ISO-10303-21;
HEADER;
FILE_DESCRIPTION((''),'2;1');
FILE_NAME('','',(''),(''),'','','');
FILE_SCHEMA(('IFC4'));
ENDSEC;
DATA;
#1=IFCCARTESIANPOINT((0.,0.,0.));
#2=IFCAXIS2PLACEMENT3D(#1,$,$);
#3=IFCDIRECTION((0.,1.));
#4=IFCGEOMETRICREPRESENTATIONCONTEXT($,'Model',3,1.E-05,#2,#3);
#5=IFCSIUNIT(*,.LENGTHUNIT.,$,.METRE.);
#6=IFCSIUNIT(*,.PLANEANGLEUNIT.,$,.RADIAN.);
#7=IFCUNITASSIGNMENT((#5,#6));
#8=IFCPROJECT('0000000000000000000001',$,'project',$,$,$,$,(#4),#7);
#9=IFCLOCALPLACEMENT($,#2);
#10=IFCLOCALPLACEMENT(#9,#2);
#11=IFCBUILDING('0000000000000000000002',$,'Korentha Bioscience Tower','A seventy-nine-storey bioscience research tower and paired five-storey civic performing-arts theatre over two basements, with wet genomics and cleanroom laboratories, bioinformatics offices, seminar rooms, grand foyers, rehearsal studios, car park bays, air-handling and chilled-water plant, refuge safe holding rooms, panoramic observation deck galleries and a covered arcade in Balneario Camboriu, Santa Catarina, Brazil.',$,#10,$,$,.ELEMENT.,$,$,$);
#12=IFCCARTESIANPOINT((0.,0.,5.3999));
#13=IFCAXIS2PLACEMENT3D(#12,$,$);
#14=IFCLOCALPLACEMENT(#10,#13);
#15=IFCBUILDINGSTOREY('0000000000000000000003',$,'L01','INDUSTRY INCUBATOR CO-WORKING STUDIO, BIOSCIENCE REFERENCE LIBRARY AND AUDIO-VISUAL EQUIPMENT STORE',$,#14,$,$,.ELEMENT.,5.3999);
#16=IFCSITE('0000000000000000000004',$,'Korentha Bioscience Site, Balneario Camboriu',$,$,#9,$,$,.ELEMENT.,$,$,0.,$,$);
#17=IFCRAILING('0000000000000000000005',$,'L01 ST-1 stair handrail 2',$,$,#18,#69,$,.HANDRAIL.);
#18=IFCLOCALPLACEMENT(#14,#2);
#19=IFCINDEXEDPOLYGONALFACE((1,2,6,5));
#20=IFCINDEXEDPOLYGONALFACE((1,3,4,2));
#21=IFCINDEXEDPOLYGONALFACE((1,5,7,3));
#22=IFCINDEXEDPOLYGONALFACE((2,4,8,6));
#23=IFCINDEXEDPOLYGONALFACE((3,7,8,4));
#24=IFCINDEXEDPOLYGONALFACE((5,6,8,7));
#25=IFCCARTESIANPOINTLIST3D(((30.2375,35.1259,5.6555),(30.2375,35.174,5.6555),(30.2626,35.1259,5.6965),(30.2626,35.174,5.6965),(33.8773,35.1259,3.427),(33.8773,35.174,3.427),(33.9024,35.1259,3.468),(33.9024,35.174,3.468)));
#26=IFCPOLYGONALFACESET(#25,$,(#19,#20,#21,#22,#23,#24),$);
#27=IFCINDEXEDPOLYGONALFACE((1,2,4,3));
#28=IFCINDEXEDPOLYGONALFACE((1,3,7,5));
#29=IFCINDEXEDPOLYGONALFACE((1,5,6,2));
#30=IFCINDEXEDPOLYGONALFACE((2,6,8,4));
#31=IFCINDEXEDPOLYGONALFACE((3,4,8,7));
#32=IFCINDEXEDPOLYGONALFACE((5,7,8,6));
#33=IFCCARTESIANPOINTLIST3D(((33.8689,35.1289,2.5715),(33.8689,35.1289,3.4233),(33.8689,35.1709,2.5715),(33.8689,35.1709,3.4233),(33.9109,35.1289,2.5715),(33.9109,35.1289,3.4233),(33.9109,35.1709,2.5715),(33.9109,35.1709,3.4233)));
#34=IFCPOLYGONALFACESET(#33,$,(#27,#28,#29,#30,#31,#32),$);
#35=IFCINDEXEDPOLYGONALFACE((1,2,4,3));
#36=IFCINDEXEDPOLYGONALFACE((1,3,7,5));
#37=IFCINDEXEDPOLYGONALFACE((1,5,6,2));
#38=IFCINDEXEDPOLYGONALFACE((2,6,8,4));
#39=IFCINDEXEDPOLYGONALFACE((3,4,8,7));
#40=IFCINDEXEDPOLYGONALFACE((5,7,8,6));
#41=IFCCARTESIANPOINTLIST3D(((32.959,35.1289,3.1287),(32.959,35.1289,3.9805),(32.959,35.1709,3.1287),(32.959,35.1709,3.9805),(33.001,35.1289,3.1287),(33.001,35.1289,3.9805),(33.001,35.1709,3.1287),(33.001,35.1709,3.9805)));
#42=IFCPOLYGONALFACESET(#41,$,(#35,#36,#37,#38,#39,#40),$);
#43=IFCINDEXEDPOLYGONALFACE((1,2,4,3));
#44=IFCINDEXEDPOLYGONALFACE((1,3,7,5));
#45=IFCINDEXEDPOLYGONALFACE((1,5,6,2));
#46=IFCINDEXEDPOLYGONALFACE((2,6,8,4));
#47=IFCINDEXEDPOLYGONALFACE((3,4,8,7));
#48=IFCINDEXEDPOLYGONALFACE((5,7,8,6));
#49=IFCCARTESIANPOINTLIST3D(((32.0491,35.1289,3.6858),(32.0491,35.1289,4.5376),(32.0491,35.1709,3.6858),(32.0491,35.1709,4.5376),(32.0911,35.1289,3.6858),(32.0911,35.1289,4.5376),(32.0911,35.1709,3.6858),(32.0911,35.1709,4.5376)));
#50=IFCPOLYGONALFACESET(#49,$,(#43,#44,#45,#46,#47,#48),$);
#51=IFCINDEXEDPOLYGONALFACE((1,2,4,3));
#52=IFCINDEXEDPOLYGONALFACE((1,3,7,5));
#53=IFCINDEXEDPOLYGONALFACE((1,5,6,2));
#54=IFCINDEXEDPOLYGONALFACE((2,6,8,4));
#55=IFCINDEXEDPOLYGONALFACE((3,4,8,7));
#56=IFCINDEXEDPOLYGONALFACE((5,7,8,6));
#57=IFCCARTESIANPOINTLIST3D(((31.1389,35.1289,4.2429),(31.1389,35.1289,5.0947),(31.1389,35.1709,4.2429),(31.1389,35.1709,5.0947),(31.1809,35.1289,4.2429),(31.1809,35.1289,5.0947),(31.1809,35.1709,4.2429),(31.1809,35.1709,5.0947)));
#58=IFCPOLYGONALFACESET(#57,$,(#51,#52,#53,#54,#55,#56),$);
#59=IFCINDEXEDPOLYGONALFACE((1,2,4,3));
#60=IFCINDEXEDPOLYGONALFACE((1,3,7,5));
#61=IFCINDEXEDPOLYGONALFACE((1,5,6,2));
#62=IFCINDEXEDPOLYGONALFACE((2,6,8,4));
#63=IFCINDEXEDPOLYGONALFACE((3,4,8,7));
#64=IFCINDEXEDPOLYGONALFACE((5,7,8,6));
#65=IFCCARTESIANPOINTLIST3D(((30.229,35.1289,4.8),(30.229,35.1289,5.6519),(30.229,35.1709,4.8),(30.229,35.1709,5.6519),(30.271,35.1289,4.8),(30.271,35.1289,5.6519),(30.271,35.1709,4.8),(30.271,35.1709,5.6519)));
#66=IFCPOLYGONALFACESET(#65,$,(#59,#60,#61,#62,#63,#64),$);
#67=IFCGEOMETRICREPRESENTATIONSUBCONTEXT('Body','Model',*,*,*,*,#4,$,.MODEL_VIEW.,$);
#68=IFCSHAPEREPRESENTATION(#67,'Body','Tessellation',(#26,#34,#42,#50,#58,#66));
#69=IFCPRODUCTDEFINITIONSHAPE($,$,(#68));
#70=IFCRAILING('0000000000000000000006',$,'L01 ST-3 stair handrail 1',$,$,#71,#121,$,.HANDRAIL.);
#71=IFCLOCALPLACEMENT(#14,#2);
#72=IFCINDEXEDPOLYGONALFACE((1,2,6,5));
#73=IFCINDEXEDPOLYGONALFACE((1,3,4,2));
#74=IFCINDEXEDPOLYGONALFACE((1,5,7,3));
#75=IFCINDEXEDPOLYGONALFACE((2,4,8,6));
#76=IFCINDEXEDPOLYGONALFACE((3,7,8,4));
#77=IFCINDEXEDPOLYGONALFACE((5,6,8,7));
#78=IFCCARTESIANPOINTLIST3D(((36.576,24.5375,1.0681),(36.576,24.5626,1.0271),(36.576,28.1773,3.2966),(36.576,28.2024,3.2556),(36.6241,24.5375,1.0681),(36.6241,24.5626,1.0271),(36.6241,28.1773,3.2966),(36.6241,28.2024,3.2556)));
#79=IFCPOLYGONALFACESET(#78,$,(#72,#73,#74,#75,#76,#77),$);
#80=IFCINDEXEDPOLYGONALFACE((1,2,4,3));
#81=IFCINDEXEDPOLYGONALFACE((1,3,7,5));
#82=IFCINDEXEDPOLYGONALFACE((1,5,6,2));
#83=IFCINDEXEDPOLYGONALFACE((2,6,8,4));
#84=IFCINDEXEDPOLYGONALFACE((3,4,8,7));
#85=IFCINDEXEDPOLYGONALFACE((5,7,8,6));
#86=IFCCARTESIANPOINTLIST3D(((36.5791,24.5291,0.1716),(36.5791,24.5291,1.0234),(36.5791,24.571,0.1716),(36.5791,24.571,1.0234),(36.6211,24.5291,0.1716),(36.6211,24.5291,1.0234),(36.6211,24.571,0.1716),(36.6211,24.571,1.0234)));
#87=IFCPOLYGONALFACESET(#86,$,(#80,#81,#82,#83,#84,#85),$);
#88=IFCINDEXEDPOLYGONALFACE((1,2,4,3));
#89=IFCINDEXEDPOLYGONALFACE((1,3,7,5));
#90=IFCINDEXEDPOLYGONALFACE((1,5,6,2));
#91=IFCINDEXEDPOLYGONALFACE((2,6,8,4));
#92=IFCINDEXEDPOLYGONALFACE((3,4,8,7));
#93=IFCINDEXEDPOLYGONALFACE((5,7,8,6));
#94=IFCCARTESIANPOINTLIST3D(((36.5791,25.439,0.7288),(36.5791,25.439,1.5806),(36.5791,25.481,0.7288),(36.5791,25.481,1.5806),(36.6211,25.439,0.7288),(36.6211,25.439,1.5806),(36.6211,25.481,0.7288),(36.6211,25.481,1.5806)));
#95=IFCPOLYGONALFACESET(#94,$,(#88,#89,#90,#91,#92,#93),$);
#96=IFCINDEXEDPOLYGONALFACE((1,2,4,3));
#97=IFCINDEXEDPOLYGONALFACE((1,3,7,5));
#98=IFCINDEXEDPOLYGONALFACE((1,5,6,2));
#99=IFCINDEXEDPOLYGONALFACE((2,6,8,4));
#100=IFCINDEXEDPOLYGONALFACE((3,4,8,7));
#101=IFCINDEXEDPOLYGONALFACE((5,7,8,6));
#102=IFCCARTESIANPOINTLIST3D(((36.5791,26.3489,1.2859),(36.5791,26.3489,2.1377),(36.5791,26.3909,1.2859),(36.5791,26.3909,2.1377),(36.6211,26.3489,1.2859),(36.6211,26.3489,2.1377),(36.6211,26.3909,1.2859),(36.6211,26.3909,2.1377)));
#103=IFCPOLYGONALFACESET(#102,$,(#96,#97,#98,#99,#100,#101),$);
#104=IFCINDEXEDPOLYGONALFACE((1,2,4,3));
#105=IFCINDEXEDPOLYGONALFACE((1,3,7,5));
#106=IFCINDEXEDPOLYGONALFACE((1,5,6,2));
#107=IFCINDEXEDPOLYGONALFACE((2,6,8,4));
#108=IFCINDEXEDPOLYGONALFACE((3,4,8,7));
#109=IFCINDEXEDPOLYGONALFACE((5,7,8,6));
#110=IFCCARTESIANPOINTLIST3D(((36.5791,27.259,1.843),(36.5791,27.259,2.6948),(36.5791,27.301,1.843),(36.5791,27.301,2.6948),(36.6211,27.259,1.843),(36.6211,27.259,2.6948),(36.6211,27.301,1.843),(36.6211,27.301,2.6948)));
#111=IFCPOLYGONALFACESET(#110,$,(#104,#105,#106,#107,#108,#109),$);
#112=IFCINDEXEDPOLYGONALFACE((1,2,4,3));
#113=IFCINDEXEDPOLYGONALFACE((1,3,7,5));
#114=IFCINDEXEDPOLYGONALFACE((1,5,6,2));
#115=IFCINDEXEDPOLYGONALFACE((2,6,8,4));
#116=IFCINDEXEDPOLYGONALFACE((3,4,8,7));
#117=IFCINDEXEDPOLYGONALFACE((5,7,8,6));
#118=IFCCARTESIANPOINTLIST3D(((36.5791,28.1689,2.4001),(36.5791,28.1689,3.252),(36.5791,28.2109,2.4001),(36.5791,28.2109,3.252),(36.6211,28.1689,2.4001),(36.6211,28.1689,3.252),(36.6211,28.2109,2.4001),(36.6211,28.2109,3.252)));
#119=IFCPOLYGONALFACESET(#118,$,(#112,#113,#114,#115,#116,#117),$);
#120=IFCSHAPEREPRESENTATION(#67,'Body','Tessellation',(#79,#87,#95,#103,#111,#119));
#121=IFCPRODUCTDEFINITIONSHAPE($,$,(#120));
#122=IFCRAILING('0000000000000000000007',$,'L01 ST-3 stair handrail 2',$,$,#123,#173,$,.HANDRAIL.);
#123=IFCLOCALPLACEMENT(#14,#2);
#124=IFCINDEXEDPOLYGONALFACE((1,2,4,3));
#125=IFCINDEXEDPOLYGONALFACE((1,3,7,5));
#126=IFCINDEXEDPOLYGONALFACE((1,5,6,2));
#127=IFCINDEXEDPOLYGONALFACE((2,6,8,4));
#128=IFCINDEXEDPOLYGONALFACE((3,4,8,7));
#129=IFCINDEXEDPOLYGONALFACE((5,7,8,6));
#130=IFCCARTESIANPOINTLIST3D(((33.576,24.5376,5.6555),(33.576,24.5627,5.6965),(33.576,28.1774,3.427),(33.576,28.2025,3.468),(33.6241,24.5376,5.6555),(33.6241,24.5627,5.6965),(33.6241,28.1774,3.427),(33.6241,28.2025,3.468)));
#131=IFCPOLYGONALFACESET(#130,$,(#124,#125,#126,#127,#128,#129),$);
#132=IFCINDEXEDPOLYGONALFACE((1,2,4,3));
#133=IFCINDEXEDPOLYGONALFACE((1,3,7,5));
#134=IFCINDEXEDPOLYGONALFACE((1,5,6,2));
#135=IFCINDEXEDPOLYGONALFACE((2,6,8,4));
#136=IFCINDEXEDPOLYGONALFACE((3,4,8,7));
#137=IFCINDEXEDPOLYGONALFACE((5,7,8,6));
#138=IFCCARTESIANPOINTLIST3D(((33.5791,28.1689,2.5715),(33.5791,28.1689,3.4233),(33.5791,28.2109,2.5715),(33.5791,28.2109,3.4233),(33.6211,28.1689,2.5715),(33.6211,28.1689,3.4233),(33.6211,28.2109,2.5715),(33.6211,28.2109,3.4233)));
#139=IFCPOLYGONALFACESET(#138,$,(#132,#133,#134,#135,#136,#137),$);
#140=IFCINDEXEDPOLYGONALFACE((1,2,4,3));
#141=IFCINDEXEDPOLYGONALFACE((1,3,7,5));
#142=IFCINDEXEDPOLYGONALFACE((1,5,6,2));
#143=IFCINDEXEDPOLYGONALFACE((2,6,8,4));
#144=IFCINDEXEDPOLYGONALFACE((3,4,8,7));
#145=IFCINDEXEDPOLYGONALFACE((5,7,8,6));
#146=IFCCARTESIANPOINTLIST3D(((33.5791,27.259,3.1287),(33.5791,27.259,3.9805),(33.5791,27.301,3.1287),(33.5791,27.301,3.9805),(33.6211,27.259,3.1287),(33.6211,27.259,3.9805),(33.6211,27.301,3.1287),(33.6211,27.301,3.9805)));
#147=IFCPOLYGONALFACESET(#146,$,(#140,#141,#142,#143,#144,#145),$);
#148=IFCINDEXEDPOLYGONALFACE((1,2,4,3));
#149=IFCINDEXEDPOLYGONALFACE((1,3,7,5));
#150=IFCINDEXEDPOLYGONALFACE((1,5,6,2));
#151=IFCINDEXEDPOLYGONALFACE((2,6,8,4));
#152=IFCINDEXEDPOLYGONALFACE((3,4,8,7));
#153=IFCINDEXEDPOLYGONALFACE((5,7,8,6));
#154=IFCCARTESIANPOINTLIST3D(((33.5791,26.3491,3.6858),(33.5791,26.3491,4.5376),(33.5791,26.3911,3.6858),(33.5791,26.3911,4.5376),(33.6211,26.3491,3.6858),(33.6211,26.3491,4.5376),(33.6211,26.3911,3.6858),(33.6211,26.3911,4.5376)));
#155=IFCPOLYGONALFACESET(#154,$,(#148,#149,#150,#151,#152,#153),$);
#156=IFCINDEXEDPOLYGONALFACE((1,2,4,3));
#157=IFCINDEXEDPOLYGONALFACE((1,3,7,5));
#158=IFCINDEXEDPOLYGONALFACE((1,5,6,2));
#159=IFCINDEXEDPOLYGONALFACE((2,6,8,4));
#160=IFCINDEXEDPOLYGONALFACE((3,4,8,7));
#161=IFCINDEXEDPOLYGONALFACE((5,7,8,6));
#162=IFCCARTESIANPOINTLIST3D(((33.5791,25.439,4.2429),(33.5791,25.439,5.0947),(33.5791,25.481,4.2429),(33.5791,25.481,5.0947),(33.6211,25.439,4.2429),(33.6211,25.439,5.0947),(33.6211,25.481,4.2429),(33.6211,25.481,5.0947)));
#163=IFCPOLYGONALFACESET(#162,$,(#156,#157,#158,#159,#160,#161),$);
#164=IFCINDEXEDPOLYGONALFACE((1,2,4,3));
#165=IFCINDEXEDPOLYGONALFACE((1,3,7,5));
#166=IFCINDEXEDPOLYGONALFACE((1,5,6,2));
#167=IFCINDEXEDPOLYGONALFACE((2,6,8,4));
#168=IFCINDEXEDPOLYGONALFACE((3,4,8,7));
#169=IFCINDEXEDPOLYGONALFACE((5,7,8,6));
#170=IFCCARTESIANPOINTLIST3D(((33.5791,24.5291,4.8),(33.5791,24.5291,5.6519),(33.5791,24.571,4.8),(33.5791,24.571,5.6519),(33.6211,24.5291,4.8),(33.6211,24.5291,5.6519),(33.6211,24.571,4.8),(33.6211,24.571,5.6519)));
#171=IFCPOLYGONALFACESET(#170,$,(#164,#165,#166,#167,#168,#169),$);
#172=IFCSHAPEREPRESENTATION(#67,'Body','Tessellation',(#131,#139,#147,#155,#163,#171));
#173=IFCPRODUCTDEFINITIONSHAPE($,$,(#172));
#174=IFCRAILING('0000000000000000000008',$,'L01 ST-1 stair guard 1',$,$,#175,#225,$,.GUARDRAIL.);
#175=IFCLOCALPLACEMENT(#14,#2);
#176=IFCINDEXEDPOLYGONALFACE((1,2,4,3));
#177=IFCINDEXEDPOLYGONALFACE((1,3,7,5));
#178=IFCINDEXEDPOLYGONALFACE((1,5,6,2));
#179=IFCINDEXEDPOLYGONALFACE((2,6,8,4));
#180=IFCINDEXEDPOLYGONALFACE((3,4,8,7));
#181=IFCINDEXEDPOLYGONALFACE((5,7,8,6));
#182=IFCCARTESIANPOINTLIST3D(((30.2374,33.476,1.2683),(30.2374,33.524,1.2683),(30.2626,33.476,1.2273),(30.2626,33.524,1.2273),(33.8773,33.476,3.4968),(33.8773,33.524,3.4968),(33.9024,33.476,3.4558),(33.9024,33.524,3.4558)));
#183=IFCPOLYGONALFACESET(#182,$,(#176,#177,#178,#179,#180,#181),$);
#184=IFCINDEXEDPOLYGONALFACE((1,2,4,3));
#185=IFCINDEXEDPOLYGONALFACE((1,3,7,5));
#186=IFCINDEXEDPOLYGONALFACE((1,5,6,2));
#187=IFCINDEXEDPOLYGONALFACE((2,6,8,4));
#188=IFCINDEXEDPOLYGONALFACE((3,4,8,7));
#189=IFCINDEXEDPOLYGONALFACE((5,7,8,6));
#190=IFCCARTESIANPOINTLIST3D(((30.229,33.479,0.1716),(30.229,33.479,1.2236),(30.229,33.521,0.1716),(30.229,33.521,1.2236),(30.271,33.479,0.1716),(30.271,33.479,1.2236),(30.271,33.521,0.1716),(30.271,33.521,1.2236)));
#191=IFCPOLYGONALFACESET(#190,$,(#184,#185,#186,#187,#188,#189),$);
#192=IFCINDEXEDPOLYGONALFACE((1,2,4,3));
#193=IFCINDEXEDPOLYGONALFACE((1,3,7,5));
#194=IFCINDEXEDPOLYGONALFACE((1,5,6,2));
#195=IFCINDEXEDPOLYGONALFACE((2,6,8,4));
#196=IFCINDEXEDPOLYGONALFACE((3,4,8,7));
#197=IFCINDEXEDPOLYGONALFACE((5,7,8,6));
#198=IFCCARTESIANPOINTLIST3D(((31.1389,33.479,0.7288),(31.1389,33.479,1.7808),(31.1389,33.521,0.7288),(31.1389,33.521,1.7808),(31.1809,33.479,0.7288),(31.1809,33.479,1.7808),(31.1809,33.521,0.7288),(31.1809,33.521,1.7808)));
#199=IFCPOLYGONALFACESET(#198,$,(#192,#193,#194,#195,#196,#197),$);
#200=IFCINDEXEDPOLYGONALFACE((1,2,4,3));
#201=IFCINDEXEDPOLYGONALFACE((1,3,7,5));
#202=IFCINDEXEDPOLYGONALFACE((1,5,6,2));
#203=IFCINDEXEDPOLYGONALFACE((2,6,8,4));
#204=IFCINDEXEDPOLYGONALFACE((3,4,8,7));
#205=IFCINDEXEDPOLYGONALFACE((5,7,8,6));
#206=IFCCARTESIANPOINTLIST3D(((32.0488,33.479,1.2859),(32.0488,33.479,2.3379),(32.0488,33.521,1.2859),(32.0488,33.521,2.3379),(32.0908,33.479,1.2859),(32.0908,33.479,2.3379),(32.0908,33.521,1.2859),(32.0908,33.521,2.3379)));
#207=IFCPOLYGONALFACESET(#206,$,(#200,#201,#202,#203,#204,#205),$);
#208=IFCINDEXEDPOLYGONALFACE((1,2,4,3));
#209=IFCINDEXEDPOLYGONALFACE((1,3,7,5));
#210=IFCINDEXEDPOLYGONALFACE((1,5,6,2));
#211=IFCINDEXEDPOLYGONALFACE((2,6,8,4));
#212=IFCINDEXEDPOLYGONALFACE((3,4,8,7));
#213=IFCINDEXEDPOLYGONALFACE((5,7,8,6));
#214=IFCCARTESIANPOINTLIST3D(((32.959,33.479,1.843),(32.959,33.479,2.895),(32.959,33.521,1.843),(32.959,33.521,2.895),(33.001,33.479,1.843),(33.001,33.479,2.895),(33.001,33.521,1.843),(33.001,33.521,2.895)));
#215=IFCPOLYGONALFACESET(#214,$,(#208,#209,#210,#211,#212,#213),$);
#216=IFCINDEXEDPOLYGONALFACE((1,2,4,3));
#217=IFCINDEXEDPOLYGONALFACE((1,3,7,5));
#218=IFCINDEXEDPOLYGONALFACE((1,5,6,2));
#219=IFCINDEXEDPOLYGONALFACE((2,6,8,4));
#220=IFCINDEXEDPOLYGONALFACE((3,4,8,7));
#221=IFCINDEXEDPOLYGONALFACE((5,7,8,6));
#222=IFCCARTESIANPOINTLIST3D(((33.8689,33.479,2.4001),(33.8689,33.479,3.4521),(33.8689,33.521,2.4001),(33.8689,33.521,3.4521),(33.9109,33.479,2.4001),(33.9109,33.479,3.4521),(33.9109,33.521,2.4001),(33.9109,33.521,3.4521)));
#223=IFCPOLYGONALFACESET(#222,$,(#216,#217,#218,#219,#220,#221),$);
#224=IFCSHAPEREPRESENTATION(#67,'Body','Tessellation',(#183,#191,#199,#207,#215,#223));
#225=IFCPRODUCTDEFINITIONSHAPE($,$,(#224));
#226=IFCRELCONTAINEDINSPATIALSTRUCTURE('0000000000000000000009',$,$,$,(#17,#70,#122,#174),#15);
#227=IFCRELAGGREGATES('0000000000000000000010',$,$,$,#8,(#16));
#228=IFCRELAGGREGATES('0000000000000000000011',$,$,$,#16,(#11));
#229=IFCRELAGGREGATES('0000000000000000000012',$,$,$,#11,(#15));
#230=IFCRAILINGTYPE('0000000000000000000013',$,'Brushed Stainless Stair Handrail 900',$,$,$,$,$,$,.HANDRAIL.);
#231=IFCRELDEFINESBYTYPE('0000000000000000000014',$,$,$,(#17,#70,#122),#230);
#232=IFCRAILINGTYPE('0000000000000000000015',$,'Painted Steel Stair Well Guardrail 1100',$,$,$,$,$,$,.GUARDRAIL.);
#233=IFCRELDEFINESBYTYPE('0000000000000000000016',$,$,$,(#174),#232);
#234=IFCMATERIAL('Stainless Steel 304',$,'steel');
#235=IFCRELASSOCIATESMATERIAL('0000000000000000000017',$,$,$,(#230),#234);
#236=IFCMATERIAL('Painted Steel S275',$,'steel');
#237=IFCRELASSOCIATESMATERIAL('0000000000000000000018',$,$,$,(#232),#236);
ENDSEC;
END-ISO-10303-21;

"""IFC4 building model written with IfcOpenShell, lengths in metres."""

from ifc_helpers import new_model, si_unit, direction, frame, origin, origin_2d, place, context, subcontext, project, spatial, rectangle, extrude, material, type_object, element, save


model = new_model("IFC4")

# Units and contexts
model_context = context("Model", 3, precision=1e-05, world=origin(), true_north=direction((0.0, 1.0)))
body_context = subcontext(model_context, "Body", "Model", "MODEL_VIEW")
ifc_project = project(units=[si_unit("LENGTHUNIT", "METRE"), si_unit("PLANEANGLEUNIT", "RADIAN")], contexts=[model_context])

# Site, building, storey
site_placement = place(None, origin())
site = spatial("IfcSite", under=ifc_project, at=site_placement, Name="Korentha Bioscience Site, Balneario Camboriu", CompositionType="ELEMENT", RefElevation=0.0)
building_placement = place(site_placement, origin())
building = spatial("IfcBuilding", under=site, at=building_placement, Name="Korentha Bioscience Tower", Description="A seventy-nine-storey bioscience research tower and paired five-storey civic performing-arts theatre over two basements, with wet genomics and cleanroom laboratories, bioinformatics offices, seminar rooms, grand foyers, rehearsal studios, car park bays, air-handling and chilled-water plant, refuge safe holding rooms, panoramic observation deck galleries and a covered arcade in Balneario Camboriu, Santa Catarina, Brazil.", CompositionType="ELEMENT")
storey_placement = place(building_placement, frame((0.0, 0.0, 5.3999)))
storey = spatial("IfcBuildingStorey", under=building, at=storey_placement, Name="L01", Description="INDUSTRY INCUBATOR CO-WORKING STUDIO, BIOSCIENCE REFERENCE LIBRARY AND AUDIO-VISUAL EQUIPMENT STORE", CompositionType="ELEMENT", Elevation=5.3999)

# Railings
ifc_material_1 = material(Name="Stainless Steel 304", Category="steel")
railing_type_1 = type_object("IfcRailingType", Name="Brushed Stainless Stair Handrail 900", PredefinedType="HANDRAIL", material=ifc_material_1)
railing_1_placement = place(storey_placement, frame((33.8899, 35.1499, 2.5715)))
element("IfcRailing", 1, at=railing_1_placement, inside=storey, type_object=railing_type_1, Name="L01 ST-1 stair handrail 2", PredefinedType="HANDRAIL", context=body_context, shape_type="SweptSolid", body=[
    extrude(rectangle(XDim=0.0481, YDim=0.0481, at=origin_2d()), frame((0.0, 0.0, 0.876), z_axis=(-0.85285, 0.0, 0.522156), x_axis=(0.0, -1.0, 0.0)), (0.0, 0.0, 1.0), 4.2678),
    extrude(rectangle(XDim=0.042, YDim=0.042, at=origin_2d()), origin(), (0.0, 0.0, 1.0), 0.8518),
    extrude(rectangle(XDim=0.042, YDim=0.042, at=origin_2d()), frame((-0.9099, 0.0, 0.5571)), (0.0, 0.0, 1.0), 0.8518),
    extrude(rectangle(XDim=0.042, YDim=0.042, at=origin_2d()), frame((-1.8198, 0.0, 1.1143)), (0.0, 0.0, 1.0), 0.8518),
    extrude(rectangle(XDim=0.042, YDim=0.042, at=origin_2d()), frame((-2.73, 0.0, 1.6714)), (0.0, 0.0, 1.0), 0.8518),
    extrude(rectangle(XDim=0.042, YDim=0.042, at=origin_2d()), frame((-3.6399, 0.0, 2.2285)), (0.0, 0.0, 1.0), 0.8518),
])
railing_2_placement = place(storey_placement, frame((36.6001, 24.55, 0.1716)))
element("IfcRailing", 2, at=railing_2_placement, inside=storey, type_object=railing_type_1, Name="L01 ST-3 stair handrail 1", PredefinedType="HANDRAIL", context=body_context, shape_type="SweptSolid", body=[
    extrude(rectangle(XDim=0.0481, YDim=0.0481, at=origin_2d()), frame((0.0, 0.0, 0.876), z_axis=(0.0, 0.85285, 0.522156), x_axis=(-1.0, 0.0, 0.0)), (0.0, 0.0, 1.0), 4.2678),
    extrude(rectangle(XDim=0.042, YDim=0.042, at=origin_2d()), origin(), (0.0, 0.0, 1.0), 0.8518),
    extrude(rectangle(XDim=0.042, YDim=0.042, at=origin_2d()), frame((0.0, 0.9099, 0.5571)), (0.0, 0.0, 1.0), 0.8518),
    extrude(rectangle(XDim=0.042, YDim=0.042, at=origin_2d()), frame((0.0, 1.8198, 1.1143)), (0.0, 0.0, 1.0), 0.8518),
    extrude(rectangle(XDim=0.042, YDim=0.042, at=origin_2d()), frame((0.0, 2.73, 1.6714)), (0.0, 0.0, 1.0), 0.8518),
    extrude(rectangle(XDim=0.042, YDim=0.042, at=origin_2d()), frame((0.0, 3.6399, 2.2285)), (0.0, 0.0, 1.0), 0.8518),
])
railing_3_placement = place(storey_placement, frame((33.6001, 28.1899, 2.5715)))
element("IfcRailing", 3, at=railing_3_placement, inside=storey, type_object=railing_type_1, Name="L01 ST-3 stair handrail 2", PredefinedType="HANDRAIL", context=body_context, shape_type="SweptSolid", body=[
    extrude(rectangle(XDim=0.0481, YDim=0.0481, at=origin_2d()), frame((0.0, 0.0, 0.876), z_axis=(0.0, -0.85285, 0.522156), x_axis=(1.0, 0.0, 0.0)), (0.0, 0.0, 1.0), 4.2678),
    extrude(rectangle(XDim=0.042, YDim=0.042, at=origin_2d()), origin(), (0.0, 0.0, 1.0), 0.8518),
    extrude(rectangle(XDim=0.042, YDim=0.042, at=origin_2d()), frame((0.0, -0.9099, 0.5571)), (0.0, 0.0, 1.0), 0.8518),
    extrude(rectangle(XDim=0.042, YDim=0.042, at=origin_2d()), frame((0.0, -1.8198, 1.1143)), (0.0, 0.0, 1.0), 0.8518),
    extrude(rectangle(XDim=0.042, YDim=0.042, at=origin_2d()), frame((0.0, -2.73, 1.6714)), (0.0, 0.0, 1.0), 0.8518),
    extrude(rectangle(XDim=0.042, YDim=0.042, at=origin_2d()), frame((0.0, -3.6399, 2.2285)), (0.0, 0.0, 1.0), 0.8518),
])
ifc_material_2 = material(Name="Painted Steel S275", Category="steel")
railing_type_2 = type_object("IfcRailingType", Name="Painted Steel Stair Well Guardrail 1100", PredefinedType="GUARDRAIL", material=ifc_material_2)
railing_4_placement = place(storey_placement, frame((30.25, 33.5, 0.1716)))
element("IfcRailing", 4, at=railing_4_placement, inside=storey, type_object=railing_type_2, Name="L01 ST-1 stair guard 1", PredefinedType="GUARDRAIL", context=body_context, shape_type="SweptSolid", body=[
    extrude(rectangle(XDim=0.0481, YDim=0.0481, at=origin_2d()), frame((0.0, 0.0, 1.0762), z_axis=(0.85285, 0.0, 0.522156), x_axis=(0.0, 1.0, 0.0)), (0.0, 0.0, 1.0), 4.2678),
    extrude(rectangle(XDim=0.042, YDim=0.042, at=origin_2d()), origin(), (0.0, 0.0, 1.0), 1.052),
    extrude(rectangle(XDim=0.042, YDim=0.042, at=origin_2d()), frame((0.9099, 0.0, 0.5571)), (0.0, 0.0, 1.0), 1.052),
    extrude(rectangle(XDim=0.042, YDim=0.042, at=origin_2d()), frame((1.8198, 0.0, 1.1143)), (0.0, 0.0, 1.0), 1.052),
    extrude(rectangle(XDim=0.042, YDim=0.042, at=origin_2d()), frame((2.73, 0.0, 1.6714)), (0.0, 0.0, 1.0), 1.052),
    extrude(rectangle(XDim=0.042, YDim=0.042, at=origin_2d()), frame((3.6399, 0.0, 2.2285)), (0.0, 0.0, 1.0), 1.052),
])

save(model, "model.ifc")
